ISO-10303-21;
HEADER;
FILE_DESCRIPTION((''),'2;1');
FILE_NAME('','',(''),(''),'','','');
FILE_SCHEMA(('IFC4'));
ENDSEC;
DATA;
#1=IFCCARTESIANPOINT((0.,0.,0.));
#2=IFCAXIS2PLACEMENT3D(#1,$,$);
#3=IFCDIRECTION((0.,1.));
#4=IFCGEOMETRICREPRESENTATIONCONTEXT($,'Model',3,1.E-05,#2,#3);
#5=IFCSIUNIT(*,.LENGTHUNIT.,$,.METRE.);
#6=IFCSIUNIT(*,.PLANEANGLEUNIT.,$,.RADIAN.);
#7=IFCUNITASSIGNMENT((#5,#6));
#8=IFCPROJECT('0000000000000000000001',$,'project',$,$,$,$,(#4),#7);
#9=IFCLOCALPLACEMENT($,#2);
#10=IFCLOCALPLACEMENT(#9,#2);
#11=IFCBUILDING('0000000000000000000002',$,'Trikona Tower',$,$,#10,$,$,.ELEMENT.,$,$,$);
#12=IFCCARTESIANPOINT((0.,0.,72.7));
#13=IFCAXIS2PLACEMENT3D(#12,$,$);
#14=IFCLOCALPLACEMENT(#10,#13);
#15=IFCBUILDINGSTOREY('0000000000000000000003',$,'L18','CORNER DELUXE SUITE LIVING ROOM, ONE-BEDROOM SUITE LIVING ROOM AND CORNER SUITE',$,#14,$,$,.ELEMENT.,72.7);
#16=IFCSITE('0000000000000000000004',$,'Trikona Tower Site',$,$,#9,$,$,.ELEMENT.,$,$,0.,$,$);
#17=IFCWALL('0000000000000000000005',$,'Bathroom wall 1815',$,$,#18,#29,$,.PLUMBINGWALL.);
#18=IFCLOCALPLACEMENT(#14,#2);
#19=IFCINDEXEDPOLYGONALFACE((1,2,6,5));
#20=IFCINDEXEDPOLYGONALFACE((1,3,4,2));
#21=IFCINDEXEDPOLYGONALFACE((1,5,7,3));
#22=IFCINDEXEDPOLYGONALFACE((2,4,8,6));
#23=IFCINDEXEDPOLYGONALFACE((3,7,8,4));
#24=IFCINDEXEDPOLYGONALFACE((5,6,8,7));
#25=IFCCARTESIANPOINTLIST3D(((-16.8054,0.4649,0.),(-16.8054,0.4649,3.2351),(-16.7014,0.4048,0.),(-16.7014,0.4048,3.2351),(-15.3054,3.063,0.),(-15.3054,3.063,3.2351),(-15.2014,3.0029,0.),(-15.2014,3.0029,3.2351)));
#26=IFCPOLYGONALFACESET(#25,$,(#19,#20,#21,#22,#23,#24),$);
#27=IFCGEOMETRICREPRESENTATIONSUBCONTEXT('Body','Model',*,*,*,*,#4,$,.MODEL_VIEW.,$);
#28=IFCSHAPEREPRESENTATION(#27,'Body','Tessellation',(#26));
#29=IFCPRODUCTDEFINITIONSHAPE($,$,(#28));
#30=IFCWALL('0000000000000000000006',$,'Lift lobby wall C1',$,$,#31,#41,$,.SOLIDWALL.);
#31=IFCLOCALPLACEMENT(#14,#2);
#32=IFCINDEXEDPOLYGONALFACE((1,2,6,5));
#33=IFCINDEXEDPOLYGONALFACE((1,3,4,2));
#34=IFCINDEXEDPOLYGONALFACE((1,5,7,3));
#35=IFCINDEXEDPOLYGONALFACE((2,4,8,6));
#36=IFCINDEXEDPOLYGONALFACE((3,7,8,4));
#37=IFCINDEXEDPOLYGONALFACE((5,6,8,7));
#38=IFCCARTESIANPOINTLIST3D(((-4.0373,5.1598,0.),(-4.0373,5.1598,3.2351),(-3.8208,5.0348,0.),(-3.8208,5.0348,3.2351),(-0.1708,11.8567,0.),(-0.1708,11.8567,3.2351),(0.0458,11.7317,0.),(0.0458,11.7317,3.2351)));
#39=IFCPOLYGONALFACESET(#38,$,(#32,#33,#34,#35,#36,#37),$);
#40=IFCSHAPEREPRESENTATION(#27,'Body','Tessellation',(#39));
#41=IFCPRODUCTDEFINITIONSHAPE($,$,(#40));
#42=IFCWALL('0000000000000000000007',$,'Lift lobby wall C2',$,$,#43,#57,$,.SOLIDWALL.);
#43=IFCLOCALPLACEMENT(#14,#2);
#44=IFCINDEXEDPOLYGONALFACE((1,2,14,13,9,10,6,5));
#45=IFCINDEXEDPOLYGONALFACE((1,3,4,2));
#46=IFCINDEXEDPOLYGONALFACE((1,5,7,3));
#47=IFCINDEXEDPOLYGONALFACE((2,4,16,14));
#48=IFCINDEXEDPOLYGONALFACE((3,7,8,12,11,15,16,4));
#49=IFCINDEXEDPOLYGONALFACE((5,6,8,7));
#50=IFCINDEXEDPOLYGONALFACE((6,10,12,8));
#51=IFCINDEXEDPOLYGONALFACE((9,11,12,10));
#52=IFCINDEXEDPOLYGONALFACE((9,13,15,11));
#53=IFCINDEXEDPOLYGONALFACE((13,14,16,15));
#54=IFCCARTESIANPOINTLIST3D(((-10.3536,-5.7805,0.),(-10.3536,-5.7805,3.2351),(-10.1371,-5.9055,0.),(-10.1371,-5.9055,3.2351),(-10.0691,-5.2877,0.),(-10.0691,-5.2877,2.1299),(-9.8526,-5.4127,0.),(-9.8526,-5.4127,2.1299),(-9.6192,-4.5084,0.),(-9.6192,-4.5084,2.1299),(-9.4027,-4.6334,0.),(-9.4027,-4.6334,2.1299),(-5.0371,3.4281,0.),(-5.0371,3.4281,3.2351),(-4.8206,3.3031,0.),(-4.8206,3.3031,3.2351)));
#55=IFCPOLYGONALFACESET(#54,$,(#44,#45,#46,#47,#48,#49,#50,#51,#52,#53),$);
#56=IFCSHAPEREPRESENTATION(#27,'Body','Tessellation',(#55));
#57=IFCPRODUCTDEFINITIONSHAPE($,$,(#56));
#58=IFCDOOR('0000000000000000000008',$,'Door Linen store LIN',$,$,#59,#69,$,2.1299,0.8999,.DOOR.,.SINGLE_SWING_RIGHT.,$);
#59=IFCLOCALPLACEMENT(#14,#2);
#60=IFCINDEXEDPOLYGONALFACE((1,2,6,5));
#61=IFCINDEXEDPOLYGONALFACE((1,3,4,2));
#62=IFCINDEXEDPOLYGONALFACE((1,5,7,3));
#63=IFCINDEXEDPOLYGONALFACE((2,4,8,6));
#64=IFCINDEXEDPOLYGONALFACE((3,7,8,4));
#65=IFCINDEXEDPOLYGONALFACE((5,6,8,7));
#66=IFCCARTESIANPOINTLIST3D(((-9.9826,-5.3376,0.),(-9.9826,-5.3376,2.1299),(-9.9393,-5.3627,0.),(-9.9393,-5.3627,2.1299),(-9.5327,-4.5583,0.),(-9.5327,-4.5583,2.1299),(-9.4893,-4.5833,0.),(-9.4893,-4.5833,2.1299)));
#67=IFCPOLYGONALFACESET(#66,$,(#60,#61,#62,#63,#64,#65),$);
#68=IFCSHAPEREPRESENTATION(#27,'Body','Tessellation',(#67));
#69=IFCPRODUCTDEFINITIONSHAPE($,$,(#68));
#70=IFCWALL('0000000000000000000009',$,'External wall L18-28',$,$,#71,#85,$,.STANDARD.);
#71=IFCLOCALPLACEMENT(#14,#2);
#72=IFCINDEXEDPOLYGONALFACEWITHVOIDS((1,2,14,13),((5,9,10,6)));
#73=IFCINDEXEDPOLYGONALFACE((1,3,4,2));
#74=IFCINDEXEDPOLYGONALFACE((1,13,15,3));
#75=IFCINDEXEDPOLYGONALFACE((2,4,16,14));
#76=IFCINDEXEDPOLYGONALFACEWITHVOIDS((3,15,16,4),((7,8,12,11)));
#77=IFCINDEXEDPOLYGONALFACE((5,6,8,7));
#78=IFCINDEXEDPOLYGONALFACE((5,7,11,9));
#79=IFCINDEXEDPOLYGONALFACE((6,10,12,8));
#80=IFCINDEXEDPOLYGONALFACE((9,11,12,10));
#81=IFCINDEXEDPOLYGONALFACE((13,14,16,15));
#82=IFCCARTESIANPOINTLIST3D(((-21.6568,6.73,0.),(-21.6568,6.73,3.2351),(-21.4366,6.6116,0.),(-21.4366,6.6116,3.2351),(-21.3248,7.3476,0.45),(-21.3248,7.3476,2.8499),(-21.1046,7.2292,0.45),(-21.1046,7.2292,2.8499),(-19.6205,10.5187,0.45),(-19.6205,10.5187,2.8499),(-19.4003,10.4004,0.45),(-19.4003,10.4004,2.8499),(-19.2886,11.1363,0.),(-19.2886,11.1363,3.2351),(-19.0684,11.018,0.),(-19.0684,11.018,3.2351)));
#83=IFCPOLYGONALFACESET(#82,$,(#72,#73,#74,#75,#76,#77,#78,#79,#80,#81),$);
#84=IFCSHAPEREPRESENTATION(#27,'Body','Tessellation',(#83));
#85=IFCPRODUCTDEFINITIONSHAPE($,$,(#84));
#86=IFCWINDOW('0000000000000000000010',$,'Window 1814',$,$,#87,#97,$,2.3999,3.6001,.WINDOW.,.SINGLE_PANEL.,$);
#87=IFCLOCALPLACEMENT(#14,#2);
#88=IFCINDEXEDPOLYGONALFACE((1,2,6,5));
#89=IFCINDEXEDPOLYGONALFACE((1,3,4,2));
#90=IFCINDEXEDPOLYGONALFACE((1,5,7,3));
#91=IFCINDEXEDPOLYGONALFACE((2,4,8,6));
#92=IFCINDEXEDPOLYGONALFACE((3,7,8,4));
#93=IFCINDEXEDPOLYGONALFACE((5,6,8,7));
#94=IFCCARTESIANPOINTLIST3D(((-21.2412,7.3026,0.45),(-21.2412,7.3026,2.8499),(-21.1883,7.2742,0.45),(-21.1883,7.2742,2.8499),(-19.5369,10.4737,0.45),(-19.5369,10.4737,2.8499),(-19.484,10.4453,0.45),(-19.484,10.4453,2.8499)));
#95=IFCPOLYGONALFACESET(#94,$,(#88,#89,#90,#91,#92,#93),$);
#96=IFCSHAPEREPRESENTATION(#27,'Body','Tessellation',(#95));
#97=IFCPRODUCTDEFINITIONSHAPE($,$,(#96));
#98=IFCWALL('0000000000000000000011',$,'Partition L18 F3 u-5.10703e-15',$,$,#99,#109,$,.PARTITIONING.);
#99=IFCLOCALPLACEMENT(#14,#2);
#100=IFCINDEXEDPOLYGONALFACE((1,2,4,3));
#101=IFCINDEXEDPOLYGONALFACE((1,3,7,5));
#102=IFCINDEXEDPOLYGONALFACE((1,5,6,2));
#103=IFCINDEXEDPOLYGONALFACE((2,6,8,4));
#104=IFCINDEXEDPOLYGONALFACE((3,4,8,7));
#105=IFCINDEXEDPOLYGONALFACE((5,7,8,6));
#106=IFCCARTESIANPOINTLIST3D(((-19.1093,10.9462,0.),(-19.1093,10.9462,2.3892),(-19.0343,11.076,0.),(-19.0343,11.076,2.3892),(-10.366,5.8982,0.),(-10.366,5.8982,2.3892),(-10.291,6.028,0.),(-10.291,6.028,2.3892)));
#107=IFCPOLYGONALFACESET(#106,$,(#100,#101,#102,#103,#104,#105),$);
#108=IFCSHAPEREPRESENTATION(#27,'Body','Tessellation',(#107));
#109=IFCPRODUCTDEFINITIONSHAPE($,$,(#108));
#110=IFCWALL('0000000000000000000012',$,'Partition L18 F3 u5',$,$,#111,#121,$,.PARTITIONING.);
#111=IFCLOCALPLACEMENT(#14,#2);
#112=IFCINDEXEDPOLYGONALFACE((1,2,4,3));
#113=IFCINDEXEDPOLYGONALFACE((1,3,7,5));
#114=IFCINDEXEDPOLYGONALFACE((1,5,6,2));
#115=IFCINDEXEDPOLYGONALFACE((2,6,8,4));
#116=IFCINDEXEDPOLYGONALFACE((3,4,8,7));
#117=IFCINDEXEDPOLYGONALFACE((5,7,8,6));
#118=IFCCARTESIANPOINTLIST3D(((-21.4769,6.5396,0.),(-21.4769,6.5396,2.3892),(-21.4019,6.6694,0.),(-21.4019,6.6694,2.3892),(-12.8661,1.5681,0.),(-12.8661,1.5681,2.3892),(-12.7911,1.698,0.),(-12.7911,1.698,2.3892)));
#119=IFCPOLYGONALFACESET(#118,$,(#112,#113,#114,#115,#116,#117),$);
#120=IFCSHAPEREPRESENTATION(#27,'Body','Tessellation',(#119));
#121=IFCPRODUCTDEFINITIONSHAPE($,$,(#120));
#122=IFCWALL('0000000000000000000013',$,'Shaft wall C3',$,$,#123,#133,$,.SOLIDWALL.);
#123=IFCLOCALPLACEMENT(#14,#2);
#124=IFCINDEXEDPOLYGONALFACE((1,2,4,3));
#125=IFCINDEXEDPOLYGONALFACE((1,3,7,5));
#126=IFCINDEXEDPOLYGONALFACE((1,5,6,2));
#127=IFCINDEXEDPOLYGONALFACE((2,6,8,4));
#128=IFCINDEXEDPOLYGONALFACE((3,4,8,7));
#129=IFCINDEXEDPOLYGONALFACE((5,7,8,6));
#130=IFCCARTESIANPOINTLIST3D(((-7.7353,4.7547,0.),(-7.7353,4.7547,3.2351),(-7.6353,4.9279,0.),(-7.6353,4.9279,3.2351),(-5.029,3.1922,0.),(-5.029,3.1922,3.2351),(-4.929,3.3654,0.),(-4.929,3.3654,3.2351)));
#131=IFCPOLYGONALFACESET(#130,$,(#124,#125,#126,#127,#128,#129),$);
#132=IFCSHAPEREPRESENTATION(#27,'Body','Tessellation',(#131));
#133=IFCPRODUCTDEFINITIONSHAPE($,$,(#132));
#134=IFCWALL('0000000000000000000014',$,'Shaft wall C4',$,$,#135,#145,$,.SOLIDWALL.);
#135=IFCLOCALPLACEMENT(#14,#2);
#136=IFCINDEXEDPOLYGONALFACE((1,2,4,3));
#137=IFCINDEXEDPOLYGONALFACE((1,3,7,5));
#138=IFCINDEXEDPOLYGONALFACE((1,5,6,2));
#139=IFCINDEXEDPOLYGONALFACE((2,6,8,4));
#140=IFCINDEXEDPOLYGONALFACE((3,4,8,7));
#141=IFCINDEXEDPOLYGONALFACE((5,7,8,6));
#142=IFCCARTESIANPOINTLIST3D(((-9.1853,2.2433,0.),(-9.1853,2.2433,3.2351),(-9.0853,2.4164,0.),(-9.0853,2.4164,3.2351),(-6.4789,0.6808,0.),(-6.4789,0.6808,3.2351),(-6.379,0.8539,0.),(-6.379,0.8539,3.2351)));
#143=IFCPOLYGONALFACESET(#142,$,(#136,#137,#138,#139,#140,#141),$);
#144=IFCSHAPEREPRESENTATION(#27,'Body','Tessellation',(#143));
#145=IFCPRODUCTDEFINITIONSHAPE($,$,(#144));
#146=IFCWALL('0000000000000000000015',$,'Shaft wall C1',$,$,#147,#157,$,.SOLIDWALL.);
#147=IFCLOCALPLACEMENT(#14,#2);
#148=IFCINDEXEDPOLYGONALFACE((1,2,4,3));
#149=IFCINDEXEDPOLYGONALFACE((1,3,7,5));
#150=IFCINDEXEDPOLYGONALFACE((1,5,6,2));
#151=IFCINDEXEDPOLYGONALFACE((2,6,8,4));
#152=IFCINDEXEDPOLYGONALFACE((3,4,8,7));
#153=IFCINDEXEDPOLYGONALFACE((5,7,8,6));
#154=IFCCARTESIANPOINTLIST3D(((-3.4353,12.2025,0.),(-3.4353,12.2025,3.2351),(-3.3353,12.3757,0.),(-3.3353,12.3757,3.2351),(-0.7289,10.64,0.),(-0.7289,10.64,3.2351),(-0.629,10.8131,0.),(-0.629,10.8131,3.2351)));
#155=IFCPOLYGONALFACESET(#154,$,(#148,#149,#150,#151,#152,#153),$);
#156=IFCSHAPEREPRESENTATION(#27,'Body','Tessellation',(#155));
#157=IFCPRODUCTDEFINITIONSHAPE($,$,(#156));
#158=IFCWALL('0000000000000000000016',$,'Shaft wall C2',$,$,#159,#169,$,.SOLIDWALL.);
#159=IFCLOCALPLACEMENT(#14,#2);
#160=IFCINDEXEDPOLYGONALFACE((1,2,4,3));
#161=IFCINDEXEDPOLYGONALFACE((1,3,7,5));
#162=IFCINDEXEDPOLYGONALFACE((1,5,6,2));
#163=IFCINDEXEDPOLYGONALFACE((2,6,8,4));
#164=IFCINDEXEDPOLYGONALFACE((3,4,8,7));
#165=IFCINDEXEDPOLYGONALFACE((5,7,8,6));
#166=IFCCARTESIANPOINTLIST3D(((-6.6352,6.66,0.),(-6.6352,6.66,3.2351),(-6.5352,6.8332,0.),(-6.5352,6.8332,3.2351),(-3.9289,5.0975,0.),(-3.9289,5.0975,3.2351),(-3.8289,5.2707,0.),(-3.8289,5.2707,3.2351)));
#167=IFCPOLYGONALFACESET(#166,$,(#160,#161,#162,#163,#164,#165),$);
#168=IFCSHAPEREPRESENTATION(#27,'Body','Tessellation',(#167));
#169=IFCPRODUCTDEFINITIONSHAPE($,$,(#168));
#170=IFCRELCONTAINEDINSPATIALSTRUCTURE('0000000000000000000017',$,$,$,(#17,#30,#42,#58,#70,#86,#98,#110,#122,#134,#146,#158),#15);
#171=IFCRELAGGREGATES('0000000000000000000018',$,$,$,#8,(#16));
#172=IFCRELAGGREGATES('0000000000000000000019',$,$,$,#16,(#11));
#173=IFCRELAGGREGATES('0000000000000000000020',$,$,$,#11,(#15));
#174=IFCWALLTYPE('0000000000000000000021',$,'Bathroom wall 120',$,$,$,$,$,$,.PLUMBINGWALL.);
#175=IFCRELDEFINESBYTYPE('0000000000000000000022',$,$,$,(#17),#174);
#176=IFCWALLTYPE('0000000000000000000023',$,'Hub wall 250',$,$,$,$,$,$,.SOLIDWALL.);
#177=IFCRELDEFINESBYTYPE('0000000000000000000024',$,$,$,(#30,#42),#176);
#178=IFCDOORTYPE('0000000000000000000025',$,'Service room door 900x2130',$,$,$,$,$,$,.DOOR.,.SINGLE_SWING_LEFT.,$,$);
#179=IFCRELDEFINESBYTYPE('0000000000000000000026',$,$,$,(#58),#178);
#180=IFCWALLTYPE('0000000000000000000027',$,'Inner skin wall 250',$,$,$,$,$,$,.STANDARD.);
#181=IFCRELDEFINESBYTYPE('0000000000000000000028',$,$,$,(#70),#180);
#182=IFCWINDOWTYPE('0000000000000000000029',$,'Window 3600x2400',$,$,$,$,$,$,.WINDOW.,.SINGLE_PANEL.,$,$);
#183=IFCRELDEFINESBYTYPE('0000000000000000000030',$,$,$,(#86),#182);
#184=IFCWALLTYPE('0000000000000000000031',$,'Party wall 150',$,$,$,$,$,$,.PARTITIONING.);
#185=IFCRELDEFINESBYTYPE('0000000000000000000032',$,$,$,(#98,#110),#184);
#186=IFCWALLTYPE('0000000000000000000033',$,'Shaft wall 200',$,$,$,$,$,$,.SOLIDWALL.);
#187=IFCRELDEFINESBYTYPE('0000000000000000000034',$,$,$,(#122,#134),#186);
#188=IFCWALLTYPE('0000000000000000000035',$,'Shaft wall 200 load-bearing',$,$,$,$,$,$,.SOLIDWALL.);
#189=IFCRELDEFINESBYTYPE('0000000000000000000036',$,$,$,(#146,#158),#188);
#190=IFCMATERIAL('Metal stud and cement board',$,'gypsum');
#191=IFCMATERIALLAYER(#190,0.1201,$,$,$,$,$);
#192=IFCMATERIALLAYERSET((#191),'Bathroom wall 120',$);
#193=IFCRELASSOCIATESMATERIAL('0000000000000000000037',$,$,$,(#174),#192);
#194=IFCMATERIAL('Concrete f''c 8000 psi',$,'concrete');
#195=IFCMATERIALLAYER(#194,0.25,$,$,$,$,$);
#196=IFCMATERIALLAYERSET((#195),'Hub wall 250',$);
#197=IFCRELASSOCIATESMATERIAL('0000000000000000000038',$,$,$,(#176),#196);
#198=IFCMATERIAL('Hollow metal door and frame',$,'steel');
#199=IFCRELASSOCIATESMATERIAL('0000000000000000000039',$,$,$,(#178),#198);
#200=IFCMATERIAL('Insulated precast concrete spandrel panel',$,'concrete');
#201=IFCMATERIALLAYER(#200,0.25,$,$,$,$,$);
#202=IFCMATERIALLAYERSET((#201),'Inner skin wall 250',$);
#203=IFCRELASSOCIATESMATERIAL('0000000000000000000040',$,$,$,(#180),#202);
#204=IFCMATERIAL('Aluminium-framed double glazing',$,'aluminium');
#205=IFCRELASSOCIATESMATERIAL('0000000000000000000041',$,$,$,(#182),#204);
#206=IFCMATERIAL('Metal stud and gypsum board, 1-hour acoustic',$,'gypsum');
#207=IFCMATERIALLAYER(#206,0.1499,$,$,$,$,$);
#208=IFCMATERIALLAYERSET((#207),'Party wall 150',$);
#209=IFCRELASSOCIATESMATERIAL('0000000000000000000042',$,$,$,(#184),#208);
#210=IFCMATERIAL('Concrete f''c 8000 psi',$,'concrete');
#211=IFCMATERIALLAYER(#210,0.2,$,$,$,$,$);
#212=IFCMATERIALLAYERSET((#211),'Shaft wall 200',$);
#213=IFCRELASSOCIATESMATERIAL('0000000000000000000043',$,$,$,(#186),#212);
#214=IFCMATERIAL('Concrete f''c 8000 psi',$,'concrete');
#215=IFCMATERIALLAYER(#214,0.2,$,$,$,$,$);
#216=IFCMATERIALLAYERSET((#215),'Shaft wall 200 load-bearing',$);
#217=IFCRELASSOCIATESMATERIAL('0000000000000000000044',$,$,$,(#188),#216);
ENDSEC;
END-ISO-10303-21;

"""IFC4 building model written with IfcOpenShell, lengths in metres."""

from ifc_helpers import new_model, si_unit, direction, frame, frame_2d, origin, place, context, subcontext, project, spatial, rectangle, extrude, material, layer, layer_set, type_object, element, fill, save


model = new_model("IFC4")

# Units and contexts
model_context = context("Model", 3, precision=1e-05, world=origin(), true_north=direction((0.0, 1.0)))
body_context = subcontext(model_context, "Body", "Model", "MODEL_VIEW")
ifc_project = project(units=[si_unit("LENGTHUNIT", "METRE"), si_unit("PLANEANGLEUNIT", "RADIAN")], contexts=[model_context])

# Site, building, storey
site_placement = place(None, origin())
site = spatial("IfcSite", under=ifc_project, at=site_placement, Name="Trikona Tower Site", CompositionType="ELEMENT", RefElevation=0.0)
building_placement = place(site_placement, origin())
building = spatial("IfcBuilding", under=site, at=building_placement, Name="Trikona Tower", CompositionType="ELEMENT")
storey_placement = place(building_placement, frame((0.0, 0.0, 72.7)))
storey = spatial("IfcBuildingStorey", under=building, at=storey_placement, Name="L18", Description="CORNER DELUXE SUITE LIVING ROOM, ONE-BEDROOM SUITE LIVING ROOM AND CORNER SUITE", CompositionType="ELEMENT", Elevation=72.7)

# Shared definitions
ifc_material_1 = material(Name="Metal stud and cement board", Category="gypsum")
ifc_layer_1 = layer(ifc_material_1, 0.1201)
ifc_layer_set_1 = layer_set([ifc_layer_1], Name="Bathroom wall 120")
wall_type_1 = type_object("IfcWallType", Name="Bathroom wall 120", PredefinedType="PLUMBINGWALL", material=ifc_layer_set_1)

# Walls
wall_1_placement = place(storey_placement, frame((-15.2534, 3.033, 0.0), z_axis=(0.0, 0.0, 1.0), x_axis=(-0.49999, -0.866031, 0.0)))
element("IfcWall", 1, at=wall_1_placement, inside=storey, type_object=wall_type_1, Name="Bathroom wall 1815", PredefinedType="PLUMBINGWALL", context=body_context, shape_type="SweptSolid", body=[
    extrude(rectangle(XDim=3.0, YDim=0.1201, at=frame_2d((1.5, 0.0))), origin(), (0.0, 0.0, 1.0), 3.2351),
])
ifc_material_2 = material(Name="Concrete f'c 8000 psi", Category="concrete")
ifc_layer_2 = layer(ifc_material_2, 0.25)
ifc_layer_set_2 = layer_set([ifc_layer_2], Name="Hub wall 250")
wall_type_2 = type_object("IfcWallType", Name="Hub wall 250", PredefinedType="SOLIDWALL", material=ifc_layer_set_2)
wall_2_placement = place(storey_placement, frame((-0.0625, 11.7942, 0.0), z_axis=(0.0, 0.0, 1.0), x_axis=(-0.500007, -0.866022, 0.0)))
element("IfcWall", 2, at=wall_2_placement, inside=storey, type_object=wall_type_2, Name="Lift lobby wall C1", PredefinedType="SOLIDWALL", context=body_context, shape_type="SweptSolid", body=[
    extrude(rectangle(XDim=7.7329, YDim=0.25, at=frame_2d((3.8665, 0.0))), origin(), (0.0, 0.0, 1.0), 3.2351),
])

# Wall, opening, door
wall_3_placement = place(storey_placement, frame((-4.929, 3.3655, 0.0), z_axis=(0.0, 0.0, 1.0), x_axis=(-0.499991, -0.86603, 0.0)))
wall_3 = element("IfcWall", 3, at=wall_3_placement, inside=storey, type_object=wall_type_2, Name="Lift lobby wall C2", PredefinedType="SOLIDWALL", context=body_context, shape_type="SweptSolid", body=[
    extrude(rectangle(XDim=10.6331, YDim=0.25, at=frame_2d((5.3164, 0.0))), origin(), (0.0, 0.0, 1.0), 3.2351),
])
opening_1_placement = place(wall_3_placement, frame((9.1641, 0.0, 0.0)))
opening_1 = element("IfcOpeningElement", 4, at=opening_1_placement, cuts=wall_3, PredefinedType="OPENING", context=body_context, shape_type="SweptSolid", body=[
    extrude(rectangle(XDim=0.8999, YDim=2.1299, at=frame_2d((0.45, 1.0649))), frame((0.0, 0.135, 0.0), z_axis=(0.0, -1.0, 0.0), x_axis=(1.0, 0.0, 0.0)), (0.0, 0.0, 1.0), 0.27),
])
ifc_material_3 = material(Name="Hollow metal door and frame", Category="steel")
door_type_1 = type_object("IfcDoorType", Name="Service room door 900x2130", OperationType="SINGLE_SWING_LEFT", PredefinedType="DOOR", material=ifc_material_3)
door_1_placement = place(opening_1_placement, origin())
door_1 = element("IfcDoor", 5, at=door_1_placement, inside=storey, type_object=door_type_1, Name="Door Linen store LIN", OperationType="SINGLE_SWING_RIGHT", OverallHeight=2.1299, OverallWidth=0.8999, PredefinedType="DOOR", context=body_context, shape_type="SweptSolid", body=[
    extrude(rectangle(XDim=0.8999, YDim=2.1299, at=frame_2d((0.45, 1.0649))), frame((0.0, 0.0249, 0.0), z_axis=(0.0, -1.0, 0.0), x_axis=(1.0, 0.0, 0.0)), (0.0, 0.0, 1.0), 0.05),
])
fill(opening_1, door_1)

# Wall, opening, window
ifc_material_4 = material(Name="Insulated precast concrete spandrel panel", Category="concrete")
ifc_layer_3 = layer(ifc_material_4, 0.25)
ifc_layer_set_3 = layer_set([ifc_layer_3], Name="Inner skin wall 250")
wall_type_3 = type_object("IfcWallType", Name="Inner skin wall 250", PredefinedType="STANDARD", material=ifc_layer_set_3)
wall_4_placement = place(storey_placement, frame((-19.1785, 11.0771, 0.0), z_axis=(0.0, 0.0, 1.0), x_axis=(-0.473413, -0.880841, 0.0)))
wall_4 = element("IfcWall", 6, at=wall_4_placement, inside=storey, type_object=wall_type_3, Name="External wall L18-28", PredefinedType="STANDARD", context=body_context, shape_type="SweptSolid", body=[
    extrude(rectangle(XDim=5.0024, YDim=0.25, at=frame_2d((2.5012, 0.0))), origin(), (0.0, 0.0, 1.0), 3.2351),
])
opening_2_placement = place(wall_4_placement, frame((0.7012, 0.0, 0.45)))
opening_2 = element("IfcOpeningElement", 7, at=opening_2_placement, cuts=wall_4, PredefinedType="OPENING", context=body_context, shape_type="SweptSolid", body=[
    extrude(rectangle(XDim=3.6001, YDim=2.3999, at=frame_2d((1.8, 1.2))), frame((0.0, 0.135, 0.0), z_axis=(0.0, -1.0, 0.0), x_axis=(1.0, 0.0, 0.0)), (0.0, 0.0, 1.0), 0.27),
])
ifc_material_5 = material(Name="Aluminium-framed double glazing", Category="aluminium")
window_type = type_object("IfcWindowType", Name="Window 3600x2400", PartitioningType="SINGLE_PANEL", PredefinedType="WINDOW", material=ifc_material_5)
window_placement = place(opening_2_placement, origin())
window = element("IfcWindow", 8, at=window_placement, inside=storey, type_object=window_type, Name="Window 1814", OverallHeight=2.3999, OverallWidth=3.6001, PartitioningType="SINGLE_PANEL", PredefinedType="WINDOW", context=body_context, shape_type="SweptSolid", body=[
    extrude(rectangle(XDim=3.6001, YDim=2.3999, at=frame_2d((1.8, 1.2))), frame((0.0, 0.03, 0.0), z_axis=(0.0, -1.0, 0.0), x_axis=(1.0, 0.0, 0.0)), (0.0, 0.0, 1.0), 0.0601),
])
fill(opening_2, window)

# Walls
ifc_material_6 = material(Name="Metal stud and gypsum board, 1-hour acoustic", Category="gypsum")
ifc_layer_4 = layer(ifc_material_6, 0.1499)
ifc_layer_set_4 = layer_set([ifc_layer_4], Name="Party wall 150")
wall_type_4 = type_object("IfcWallType", Name="Party wall 150", PredefinedType="PARTITIONING", material=ifc_layer_set_4)
wall_5_placement = place(storey_placement, frame((-10.3286, 5.9631, 0.0), z_axis=(0.0, 0.0, 1.0), x_axis=(-0.866022, 0.500006, 0.0)))
element("IfcWall", 9, at=wall_5_placement, inside=storey, type_object=wall_type_4, Name="Partition L18 F3 u-5.10703e-15", PredefinedType="PARTITIONING", context=body_context, shape_type="SweptSolid", body=[
    extrude(rectangle(XDim=10.0959, YDim=0.1499, at=frame_2d((5.0479, 0.0))), origin(), (0.0, 0.0, 1.0), 2.3892),
])
wall_6_placement = place(storey_placement, frame((-12.8286, 1.6331, 0.0), z_axis=(0.0, 0.0, 1.0), x_axis=(-0.866027, 0.499997, 0.0)))
element("IfcWall", 10, at=wall_6_placement, inside=storey, type_object=wall_type_4, Name="Partition L18 F3 u5", PredefinedType="PARTITIONING", context=body_context, shape_type="SweptSolid", body=[
    extrude(rectangle(XDim=9.9429, YDim=0.1499, at=frame_2d((4.9714, 0.0))), origin(), (0.0, 0.0, 1.0), 2.3892),
])
ifc_material_7 = material(Name="Concrete f'c 8000 psi", Category="concrete")
ifc_layer_5 = layer(ifc_material_7, 0.2)
ifc_layer_set_5 = layer_set([ifc_layer_5], Name="Shaft wall 200")
wall_type_5 = type_object("IfcWallType", Name="Shaft wall 200", PredefinedType="SOLIDWALL", material=ifc_layer_set_5)
for number, where, z_axis, x_axis, name in (
    (11, (-4.979, 3.2788, 0.0), (0.0, 0.0, 1.0), (-0.866023, 0.500004, 0.0), "Shaft wall C3"),
    (12, (-6.429, 0.7673, 0.0), (0.0, 0.0, 1.0), (-0.866023, 0.500004, 0.0), "Shaft wall C4"),
):
    element("IfcWall", number, at=place(storey_placement, frame(where, z_axis=z_axis, x_axis=x_axis)), inside=storey, type_object=wall_type_5, Name=name, PredefinedType="SOLIDWALL", context=body_context, shape_type="SweptSolid", body=[
        extrude(rectangle(XDim=3.125, YDim=0.2, at=frame_2d((1.5625, 0.0))), origin(), (0.0, 0.0, 1.0), 3.2351),
    ])
ifc_material_8 = material(Name="Concrete f'c 8000 psi", Category="concrete")
ifc_layer_6 = layer(ifc_material_8, 0.2)
ifc_layer_set_6 = layer_set([ifc_layer_6], Name="Shaft wall 200 load-bearing")
wall_type_6 = type_object("IfcWallType", Name="Shaft wall 200 load-bearing", PredefinedType="SOLIDWALL", material=ifc_layer_set_6)
for number, where, z_axis, x_axis, name in (
    (13, (-0.679, 10.7266, 0.0), (0.0, 0.0, 1.0), (-0.866023, 0.500004, 0.0), "Shaft wall C1"),
    (14, (-3.8789, 5.1841, 0.0), (0.0, 0.0, 1.0), (-0.866023, 0.500004, 0.0), "Shaft wall C2"),
):
    element("IfcWall", number, at=place(storey_placement, frame(where, z_axis=z_axis, x_axis=x_axis)), inside=storey, type_object=wall_type_6, Name=name, PredefinedType="SOLIDWALL", context=body_context, shape_type="SweptSolid", body=[
        extrude(rectangle(XDim=3.125, YDim=0.2, at=frame_2d((1.5625, 0.0))), origin(), (0.0, 0.0, 1.0), 3.2351),
    ])

save(model, "model.ifc")
